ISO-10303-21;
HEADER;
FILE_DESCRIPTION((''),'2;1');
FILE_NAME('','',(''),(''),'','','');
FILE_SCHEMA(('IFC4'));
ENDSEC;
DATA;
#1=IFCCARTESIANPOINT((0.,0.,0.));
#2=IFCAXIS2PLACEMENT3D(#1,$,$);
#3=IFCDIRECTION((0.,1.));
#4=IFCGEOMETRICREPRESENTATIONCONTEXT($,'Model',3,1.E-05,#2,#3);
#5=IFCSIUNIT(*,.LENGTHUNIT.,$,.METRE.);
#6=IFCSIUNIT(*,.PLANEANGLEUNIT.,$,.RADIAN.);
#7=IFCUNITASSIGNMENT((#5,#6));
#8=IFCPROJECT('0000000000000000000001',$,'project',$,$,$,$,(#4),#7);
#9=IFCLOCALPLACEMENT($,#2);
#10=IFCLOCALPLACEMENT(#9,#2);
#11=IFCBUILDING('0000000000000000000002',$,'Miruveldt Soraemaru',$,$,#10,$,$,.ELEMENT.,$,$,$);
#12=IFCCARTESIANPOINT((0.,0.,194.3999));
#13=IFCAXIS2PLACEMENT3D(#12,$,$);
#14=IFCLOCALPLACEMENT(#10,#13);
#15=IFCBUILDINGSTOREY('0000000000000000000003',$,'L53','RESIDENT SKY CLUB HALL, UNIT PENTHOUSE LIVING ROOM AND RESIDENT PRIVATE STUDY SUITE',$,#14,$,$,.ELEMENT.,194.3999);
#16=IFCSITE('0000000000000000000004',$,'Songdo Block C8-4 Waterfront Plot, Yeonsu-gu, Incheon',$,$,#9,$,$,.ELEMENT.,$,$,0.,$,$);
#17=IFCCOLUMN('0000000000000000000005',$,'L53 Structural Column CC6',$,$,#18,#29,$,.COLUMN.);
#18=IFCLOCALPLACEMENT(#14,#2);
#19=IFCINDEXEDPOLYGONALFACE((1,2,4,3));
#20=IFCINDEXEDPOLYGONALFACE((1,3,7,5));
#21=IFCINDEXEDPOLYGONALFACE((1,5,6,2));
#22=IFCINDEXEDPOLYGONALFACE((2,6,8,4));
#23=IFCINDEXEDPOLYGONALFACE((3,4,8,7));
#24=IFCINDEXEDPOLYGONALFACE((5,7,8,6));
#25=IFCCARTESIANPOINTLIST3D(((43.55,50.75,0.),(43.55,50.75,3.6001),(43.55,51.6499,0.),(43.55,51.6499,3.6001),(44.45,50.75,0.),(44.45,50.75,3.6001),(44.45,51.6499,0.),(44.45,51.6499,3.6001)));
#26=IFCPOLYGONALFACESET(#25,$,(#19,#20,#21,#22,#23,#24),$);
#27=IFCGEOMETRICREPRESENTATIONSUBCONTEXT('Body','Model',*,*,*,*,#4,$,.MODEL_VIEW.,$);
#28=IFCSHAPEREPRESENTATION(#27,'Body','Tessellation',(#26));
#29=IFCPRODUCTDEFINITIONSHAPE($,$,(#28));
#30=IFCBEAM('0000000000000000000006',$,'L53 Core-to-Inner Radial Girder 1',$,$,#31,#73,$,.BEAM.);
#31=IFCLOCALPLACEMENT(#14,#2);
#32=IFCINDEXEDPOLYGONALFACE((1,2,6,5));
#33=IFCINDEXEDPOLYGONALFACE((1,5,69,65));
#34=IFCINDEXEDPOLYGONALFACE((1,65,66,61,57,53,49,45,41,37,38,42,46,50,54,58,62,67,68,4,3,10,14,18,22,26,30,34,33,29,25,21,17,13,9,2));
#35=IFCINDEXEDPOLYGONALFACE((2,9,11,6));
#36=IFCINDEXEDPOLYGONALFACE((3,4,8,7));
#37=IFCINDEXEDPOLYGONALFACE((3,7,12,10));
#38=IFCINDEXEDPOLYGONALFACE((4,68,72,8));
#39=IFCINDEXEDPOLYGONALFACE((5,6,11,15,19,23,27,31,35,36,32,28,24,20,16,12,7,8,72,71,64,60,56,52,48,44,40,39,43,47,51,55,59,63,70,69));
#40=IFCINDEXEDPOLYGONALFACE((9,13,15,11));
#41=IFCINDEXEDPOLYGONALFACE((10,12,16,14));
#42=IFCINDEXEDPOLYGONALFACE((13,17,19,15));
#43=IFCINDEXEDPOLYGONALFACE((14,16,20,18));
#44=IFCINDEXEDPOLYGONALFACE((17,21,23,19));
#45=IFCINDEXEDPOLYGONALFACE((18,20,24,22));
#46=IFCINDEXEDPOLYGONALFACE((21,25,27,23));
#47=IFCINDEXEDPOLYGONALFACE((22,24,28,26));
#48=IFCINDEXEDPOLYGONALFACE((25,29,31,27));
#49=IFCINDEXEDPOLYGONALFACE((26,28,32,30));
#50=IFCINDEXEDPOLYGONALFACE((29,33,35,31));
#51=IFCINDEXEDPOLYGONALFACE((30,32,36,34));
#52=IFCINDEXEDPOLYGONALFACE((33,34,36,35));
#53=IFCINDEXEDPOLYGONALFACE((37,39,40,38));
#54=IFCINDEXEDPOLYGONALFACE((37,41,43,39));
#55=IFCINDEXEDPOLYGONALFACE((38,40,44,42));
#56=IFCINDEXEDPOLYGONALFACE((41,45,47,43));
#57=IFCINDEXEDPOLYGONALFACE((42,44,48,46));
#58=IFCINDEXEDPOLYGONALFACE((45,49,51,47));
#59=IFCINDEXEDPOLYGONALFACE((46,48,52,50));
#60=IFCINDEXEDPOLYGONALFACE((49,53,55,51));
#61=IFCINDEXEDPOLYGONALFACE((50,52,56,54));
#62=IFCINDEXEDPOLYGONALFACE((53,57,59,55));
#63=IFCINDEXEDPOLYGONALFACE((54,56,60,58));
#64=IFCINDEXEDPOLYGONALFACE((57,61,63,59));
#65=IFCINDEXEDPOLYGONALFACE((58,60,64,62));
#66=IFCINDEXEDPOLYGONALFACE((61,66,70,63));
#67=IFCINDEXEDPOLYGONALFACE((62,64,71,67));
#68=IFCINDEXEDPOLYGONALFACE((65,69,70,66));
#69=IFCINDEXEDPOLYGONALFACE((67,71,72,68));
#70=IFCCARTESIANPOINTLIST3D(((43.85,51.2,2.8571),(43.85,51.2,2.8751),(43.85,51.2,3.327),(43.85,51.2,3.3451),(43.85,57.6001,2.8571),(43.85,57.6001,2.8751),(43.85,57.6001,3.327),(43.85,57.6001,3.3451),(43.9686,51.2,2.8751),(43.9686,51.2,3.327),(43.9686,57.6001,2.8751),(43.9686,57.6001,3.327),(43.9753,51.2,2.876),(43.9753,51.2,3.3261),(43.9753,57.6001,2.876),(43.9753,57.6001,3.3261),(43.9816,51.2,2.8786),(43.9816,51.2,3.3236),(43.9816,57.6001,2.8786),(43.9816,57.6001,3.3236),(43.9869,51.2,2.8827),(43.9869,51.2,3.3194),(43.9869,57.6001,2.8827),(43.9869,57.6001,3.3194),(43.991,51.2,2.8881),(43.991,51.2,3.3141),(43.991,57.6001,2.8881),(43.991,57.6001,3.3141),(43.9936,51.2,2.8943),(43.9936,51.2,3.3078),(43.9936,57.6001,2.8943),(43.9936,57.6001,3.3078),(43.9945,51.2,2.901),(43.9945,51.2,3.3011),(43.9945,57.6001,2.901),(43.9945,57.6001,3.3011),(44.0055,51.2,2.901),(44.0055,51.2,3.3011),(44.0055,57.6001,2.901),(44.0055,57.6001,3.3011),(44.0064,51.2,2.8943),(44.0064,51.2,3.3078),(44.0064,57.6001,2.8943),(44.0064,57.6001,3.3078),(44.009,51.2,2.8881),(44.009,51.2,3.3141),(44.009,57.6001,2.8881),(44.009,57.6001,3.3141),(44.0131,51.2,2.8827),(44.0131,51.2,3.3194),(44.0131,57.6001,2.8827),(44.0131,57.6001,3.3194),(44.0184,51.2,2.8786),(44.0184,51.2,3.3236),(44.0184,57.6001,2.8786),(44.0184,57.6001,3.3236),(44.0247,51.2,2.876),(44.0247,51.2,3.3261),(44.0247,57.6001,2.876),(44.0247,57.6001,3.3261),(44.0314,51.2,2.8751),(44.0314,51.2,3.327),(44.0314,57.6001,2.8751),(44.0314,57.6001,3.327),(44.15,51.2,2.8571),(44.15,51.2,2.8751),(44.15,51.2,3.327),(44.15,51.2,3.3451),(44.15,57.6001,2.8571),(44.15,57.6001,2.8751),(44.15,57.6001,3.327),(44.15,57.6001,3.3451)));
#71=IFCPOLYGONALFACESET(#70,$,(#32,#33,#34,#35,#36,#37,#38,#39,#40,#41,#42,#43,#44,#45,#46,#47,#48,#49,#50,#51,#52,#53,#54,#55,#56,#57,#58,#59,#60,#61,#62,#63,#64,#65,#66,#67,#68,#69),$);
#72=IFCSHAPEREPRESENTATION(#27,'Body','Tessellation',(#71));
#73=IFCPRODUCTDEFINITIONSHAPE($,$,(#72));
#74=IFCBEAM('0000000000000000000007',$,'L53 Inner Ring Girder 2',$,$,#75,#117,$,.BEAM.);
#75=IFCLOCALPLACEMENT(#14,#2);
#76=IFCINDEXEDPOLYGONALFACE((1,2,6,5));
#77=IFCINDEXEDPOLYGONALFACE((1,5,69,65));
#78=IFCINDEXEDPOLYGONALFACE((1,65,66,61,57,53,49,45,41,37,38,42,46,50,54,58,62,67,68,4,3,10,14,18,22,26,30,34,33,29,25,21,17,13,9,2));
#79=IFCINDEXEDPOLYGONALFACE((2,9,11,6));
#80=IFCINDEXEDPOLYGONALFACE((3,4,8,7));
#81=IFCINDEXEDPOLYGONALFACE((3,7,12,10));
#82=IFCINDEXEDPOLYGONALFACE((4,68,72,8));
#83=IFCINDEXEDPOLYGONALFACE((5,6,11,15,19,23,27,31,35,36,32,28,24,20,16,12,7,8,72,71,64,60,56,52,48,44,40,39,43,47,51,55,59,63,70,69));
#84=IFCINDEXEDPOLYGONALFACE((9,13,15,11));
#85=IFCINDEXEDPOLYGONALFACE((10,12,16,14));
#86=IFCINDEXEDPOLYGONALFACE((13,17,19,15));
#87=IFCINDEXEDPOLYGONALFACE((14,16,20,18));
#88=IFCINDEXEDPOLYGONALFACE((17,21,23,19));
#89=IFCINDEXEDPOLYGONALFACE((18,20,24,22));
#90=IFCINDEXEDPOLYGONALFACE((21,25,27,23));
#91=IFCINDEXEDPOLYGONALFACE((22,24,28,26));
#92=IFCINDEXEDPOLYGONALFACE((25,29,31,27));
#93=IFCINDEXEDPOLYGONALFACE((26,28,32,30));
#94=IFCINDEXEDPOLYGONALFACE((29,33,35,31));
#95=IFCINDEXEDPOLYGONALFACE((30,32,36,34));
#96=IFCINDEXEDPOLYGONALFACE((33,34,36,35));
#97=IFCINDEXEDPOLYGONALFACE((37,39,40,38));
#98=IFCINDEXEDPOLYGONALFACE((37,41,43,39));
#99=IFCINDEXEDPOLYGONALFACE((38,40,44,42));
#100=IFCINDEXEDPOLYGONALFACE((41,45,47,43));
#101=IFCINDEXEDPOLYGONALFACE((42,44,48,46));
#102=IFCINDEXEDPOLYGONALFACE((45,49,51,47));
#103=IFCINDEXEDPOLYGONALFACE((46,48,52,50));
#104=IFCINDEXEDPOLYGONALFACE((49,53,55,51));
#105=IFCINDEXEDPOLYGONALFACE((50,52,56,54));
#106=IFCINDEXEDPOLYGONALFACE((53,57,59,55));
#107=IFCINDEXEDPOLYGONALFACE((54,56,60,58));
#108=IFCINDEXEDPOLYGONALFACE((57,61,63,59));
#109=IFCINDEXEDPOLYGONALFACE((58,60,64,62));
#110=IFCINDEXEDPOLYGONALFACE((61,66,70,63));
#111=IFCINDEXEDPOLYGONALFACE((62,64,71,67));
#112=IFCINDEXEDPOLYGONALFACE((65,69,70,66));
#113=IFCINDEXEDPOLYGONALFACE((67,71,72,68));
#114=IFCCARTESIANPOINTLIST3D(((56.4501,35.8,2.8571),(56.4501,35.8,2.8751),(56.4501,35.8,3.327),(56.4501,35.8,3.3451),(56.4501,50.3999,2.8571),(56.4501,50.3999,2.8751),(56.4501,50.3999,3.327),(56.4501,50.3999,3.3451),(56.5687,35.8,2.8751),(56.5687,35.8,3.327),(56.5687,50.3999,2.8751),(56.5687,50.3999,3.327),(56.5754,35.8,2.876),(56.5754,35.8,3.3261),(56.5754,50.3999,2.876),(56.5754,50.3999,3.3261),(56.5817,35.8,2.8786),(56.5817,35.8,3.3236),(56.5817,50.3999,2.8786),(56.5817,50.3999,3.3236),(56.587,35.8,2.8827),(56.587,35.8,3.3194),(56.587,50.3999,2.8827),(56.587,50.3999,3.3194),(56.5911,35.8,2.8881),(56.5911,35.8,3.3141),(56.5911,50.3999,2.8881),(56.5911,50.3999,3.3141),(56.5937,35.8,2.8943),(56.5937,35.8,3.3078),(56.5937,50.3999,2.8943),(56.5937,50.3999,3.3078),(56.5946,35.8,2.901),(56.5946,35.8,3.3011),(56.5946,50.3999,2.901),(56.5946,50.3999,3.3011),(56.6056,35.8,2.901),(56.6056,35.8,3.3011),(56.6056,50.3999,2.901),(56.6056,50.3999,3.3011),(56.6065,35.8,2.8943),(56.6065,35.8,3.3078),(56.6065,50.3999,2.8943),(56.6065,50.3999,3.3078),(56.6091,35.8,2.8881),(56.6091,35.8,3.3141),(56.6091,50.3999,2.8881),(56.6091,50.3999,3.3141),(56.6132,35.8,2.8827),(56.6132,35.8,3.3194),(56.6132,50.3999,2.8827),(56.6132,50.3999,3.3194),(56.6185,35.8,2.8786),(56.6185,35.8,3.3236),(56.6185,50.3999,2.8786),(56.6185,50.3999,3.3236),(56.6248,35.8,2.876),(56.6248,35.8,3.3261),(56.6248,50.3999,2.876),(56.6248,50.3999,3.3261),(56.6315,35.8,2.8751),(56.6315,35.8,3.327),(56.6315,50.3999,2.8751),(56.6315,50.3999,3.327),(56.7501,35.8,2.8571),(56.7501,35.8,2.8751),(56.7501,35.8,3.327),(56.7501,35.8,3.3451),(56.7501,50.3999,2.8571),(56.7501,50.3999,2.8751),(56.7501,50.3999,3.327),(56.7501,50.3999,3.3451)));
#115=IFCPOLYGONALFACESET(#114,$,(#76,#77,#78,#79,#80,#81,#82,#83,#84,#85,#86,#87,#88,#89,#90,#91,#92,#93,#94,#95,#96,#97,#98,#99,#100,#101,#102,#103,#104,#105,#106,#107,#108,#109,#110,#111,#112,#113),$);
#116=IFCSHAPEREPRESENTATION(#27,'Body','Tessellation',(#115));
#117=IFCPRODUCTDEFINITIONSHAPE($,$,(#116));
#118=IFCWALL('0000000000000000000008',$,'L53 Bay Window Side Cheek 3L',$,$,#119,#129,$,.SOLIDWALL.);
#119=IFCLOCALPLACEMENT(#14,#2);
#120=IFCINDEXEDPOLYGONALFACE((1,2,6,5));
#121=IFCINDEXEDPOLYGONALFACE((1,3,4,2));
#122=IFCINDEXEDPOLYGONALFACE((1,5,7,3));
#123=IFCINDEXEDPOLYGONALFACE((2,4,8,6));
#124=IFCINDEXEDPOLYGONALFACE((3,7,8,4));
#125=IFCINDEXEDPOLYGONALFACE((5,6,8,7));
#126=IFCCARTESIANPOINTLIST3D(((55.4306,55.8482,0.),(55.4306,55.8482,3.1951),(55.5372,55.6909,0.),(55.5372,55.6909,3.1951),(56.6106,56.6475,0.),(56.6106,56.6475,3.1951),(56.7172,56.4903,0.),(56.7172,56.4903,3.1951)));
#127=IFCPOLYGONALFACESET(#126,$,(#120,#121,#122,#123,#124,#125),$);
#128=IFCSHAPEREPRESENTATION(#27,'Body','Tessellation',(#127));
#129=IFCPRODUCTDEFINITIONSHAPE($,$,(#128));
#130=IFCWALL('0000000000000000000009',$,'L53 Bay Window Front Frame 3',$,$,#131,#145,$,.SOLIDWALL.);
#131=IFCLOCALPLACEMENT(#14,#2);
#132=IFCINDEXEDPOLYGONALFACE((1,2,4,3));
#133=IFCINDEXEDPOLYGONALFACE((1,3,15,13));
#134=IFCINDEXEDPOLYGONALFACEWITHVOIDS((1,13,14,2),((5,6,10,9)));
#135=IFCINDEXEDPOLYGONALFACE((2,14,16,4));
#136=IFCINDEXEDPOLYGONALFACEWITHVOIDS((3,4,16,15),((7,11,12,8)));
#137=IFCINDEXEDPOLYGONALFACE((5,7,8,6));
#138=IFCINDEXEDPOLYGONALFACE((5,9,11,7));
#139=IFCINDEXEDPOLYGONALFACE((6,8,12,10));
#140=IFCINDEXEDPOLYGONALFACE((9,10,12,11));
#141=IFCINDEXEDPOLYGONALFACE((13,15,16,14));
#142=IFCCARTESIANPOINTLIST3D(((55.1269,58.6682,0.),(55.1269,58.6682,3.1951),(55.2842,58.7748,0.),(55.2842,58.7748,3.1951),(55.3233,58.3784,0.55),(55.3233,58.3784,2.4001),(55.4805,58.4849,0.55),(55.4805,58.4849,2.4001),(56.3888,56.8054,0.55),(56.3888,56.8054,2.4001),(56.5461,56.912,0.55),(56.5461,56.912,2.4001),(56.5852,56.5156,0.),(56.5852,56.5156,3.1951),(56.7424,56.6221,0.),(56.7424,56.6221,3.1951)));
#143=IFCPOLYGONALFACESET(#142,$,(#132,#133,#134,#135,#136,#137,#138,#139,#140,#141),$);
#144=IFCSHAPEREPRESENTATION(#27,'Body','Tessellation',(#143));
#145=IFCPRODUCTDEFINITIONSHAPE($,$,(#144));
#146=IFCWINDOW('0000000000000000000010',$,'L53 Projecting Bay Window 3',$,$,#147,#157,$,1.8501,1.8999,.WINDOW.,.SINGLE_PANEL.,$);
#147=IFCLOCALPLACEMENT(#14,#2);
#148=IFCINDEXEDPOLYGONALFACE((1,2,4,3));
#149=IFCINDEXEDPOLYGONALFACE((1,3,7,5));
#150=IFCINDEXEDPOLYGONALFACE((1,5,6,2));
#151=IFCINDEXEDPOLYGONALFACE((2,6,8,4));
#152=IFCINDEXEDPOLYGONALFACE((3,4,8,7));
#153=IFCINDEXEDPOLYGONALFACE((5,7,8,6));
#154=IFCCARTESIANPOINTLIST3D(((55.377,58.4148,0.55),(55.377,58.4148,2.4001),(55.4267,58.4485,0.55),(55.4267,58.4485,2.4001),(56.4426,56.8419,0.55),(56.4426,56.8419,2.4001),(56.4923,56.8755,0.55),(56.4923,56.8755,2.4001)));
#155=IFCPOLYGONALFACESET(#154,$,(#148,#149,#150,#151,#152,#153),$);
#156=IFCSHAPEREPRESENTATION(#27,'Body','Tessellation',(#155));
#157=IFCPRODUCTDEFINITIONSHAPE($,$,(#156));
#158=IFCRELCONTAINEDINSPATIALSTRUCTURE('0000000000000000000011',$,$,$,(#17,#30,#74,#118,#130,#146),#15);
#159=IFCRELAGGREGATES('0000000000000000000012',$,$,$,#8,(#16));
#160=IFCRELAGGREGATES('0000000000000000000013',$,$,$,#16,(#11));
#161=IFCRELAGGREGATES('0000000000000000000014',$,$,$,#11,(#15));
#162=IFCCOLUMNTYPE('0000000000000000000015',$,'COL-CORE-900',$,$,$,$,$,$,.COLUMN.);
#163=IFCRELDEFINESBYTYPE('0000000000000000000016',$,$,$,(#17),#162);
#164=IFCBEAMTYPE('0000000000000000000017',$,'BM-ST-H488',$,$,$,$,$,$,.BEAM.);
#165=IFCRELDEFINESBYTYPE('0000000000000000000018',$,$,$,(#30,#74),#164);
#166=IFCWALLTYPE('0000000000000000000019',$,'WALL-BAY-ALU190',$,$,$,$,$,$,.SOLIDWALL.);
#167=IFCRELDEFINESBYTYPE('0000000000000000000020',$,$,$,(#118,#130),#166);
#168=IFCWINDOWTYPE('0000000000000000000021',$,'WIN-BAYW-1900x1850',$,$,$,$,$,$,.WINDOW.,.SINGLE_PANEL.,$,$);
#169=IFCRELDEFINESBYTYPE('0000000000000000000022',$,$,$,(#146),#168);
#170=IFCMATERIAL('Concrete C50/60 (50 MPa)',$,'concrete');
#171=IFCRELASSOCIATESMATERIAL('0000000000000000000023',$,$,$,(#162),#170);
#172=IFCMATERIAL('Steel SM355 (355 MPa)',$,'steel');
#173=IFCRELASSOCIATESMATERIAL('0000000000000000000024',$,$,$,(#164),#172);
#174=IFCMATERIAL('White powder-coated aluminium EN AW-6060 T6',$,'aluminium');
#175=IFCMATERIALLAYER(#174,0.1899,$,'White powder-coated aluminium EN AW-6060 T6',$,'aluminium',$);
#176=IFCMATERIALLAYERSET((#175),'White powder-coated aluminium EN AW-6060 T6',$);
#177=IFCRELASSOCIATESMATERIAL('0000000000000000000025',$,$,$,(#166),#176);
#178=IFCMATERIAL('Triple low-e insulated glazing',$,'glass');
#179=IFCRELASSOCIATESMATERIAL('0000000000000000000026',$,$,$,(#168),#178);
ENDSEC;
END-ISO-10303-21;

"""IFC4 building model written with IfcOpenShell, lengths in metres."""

from ifc_helpers import new_model, si_unit, direction, frame, frame_2d, origin, origin_2d, place, context, subcontext, project, spatial, rectangle, i_section, extrude, material, layer, layer_set, material_profile, profile_set, type_object, element, fill, save


model = new_model("IFC4")

# Units and contexts
model_context = context("Model", 3, precision=1e-05, world=origin(), true_north=direction((0.0, 1.0)))
body_context = subcontext(model_context, "Body", "Model", "MODEL_VIEW")
ifc_project = project(units=[si_unit("LENGTHUNIT", "METRE"), si_unit("PLANEANGLEUNIT", "RADIAN")], contexts=[model_context])

# Site, building, storey
site_placement = place(None, origin())
site = spatial("IfcSite", under=ifc_project, at=site_placement, Name="Songdo Block C8-4 Waterfront Plot, Yeonsu-gu, Incheon", CompositionType="ELEMENT", RefElevation=0.0)
building_placement = place(site_placement, origin())
building = spatial("IfcBuilding", under=site, at=building_placement, Name="Miruveldt Soraemaru", CompositionType="ELEMENT")
storey_placement = place(building_placement, frame((0.0, 0.0, 194.3999)))
storey = spatial("IfcBuildingStorey", under=building, at=storey_placement, Name="L53", Description="RESIDENT SKY CLUB HALL, UNIT PENTHOUSE LIVING ROOM AND RESIDENT PRIVATE STUDY SUITE", CompositionType="ELEMENT", Elevation=194.3999)

# Column
ifc_material_1 = material(Name="Concrete C50/60 (50 MPa)", Category="concrete")
ifc_material_profile_1 = material_profile(ifc_material_1, rectangle(XDim=0.8999, YDim=0.8999, at=origin_2d()), Name="Concrete C50/60 (50 MPa)", Category="concrete")
ifc_profile_set_1 = profile_set([ifc_material_profile_1], Name="Concrete C50/60 (50 MPa)")
column_type = type_object("IfcColumnType", Name="COL-CORE-900", PredefinedType="COLUMN", material=ifc_profile_set_1)
column_placement = place(storey_placement, frame((44.0, 51.2, 0.0), z_axis=(0.0, 0.0, 1.0), x_axis=(1.0, 0.0, 0.0)))
element("IfcColumn", 1, at=column_placement, inside=storey, type_object=column_type, Name="L53 Structural Column CC6", PredefinedType="COLUMN", context=body_context, shape_type="SweptSolid", body=[
    extrude(rectangle(XDim=0.8999, YDim=0.8999, at=origin_2d()), origin(), (0.0, 0.0, 1.0), 3.6001),
])

# Beams
ifc_material_2 = material(Name="Steel SM355 (355 MPa)", Category="steel")
ifc_material_profile_2 = material_profile(ifc_material_2, i_section(OverallWidth=0.3, OverallDepth=0.488, WebThickness=0.011, FlangeThickness=0.0181, FilletRadius=0.0259, at=origin_2d()), Name="Steel SM355 (355 MPa)", Category="steel")
ifc_profile_set_2 = profile_set([ifc_material_profile_2], Name="Steel SM355 (355 MPa)")
beam_type = type_object("IfcBeamType", Name="BM-ST-H488", PredefinedType="BEAM", material=ifc_profile_set_2)
beam_1_placement = place(storey_placement, frame((44.0, 51.2, 3.1011), z_axis=(0.0, 1.0, 0.0), x_axis=(-1.0, 0.0, 0.0)))
element("IfcBeam", 2, at=beam_1_placement, inside=storey, type_object=beam_type, Name="L53 Core-to-Inner Radial Girder 1", PredefinedType="BEAM", context=body_context, shape_type="SweptSolid", body=[
    extrude(i_section(OverallWidth=0.3, OverallDepth=0.488, WebThickness=0.011, FlangeThickness=0.0181, FilletRadius=0.0259, at=origin_2d()), origin(), (0.0, 0.0, 1.0), 6.4001),
])
beam_2_placement = place(storey_placement, frame((56.6001, 50.3999, 3.1011), z_axis=(0.0, -1.0, 0.0), x_axis=(1.0, 0.0, 0.0)))
element("IfcBeam", 3, at=beam_2_placement, inside=storey, type_object=beam_type, Name="L53 Inner Ring Girder 2", PredefinedType="BEAM", context=body_context, shape_type="SweptSolid", body=[
    extrude(i_section(OverallWidth=0.3, OverallDepth=0.488, WebThickness=0.011, FlangeThickness=0.0181, FilletRadius=0.0259, at=origin_2d()), origin(), (0.0, 0.0, 1.0), 14.5999),
])

# Wall
ifc_material_3 = material(Name="White powder-coated aluminium EN AW-6060 T6", Category="aluminium")
ifc_layer_1 = layer(ifc_material_3, 0.1899, Name="White powder-coated aluminium EN AW-6060 T6", Category="aluminium")
ifc_layer_set_1 = layer_set([ifc_layer_1], Name="White powder-coated aluminium EN AW-6060 T6")
wall_type_1 = type_object("IfcWallType", Name="WALL-BAY-ALU190", PredefinedType="SOLIDWALL", material=ifc_layer_set_1)
wall_1_placement = place(storey_placement, frame((55.4839, 55.7695, 0.0), z_axis=(0.0, 0.0, 1.0), x_axis=(0.827916, 0.560852, 0.0)))
element("IfcWall", 4, at=wall_1_placement, inside=storey, type_object=wall_type_1, Name="L53 Bay Window Side Cheek 3L", PredefinedType="SOLIDWALL", context=body_context, shape_type="SweptSolid", body=[
    extrude(rectangle(XDim=1.4253, YDim=0.1899, at=frame_2d((0.7126, 0.0))), origin(), (0.0, 0.0, 1.0), 3.1951),
])

# Wall, opening, window
wall_2_placement = place(storey_placement, frame((56.6638, 56.5688, 0.0), z_axis=(0.0, 0.0, 1.0), x_axis=(-0.560861, 0.82791, 0.0)))
wall_2 = element("IfcWall", 5, at=wall_2_placement, inside=storey, type_object=wall_type_1, Name="L53 Bay Window Front Frame 3", PredefinedType="SOLIDWALL", context=body_context, shape_type="SweptSolid", body=[
    extrude(rectangle(XDim=2.6001, YDim=0.1899, at=frame_2d((1.3, 0.0))), origin(), (0.0, 0.0, 1.0), 3.1951),
])
opening_1_placement = place(wall_2_placement, frame((0.3501, 0.0, 0.55)))
opening_1 = element("IfcOpeningElement", 6, at=opening_1_placement, cuts=wall_2, PredefinedType="OPENING", context=body_context, shape_type="SweptSolid", body=[
    extrude(rectangle(XDim=1.8999, YDim=1.8501, at=frame_2d((0.95, 0.925))), frame((0.0, 0.105, 0.0), z_axis=(0.0, -1.0, 0.0), x_axis=(1.0, 0.0, 0.0)), (0.0, 0.0, 1.0), 0.21),
])
ifc_material_4 = material(Name="Triple low-e insulated glazing", Category="glass")
window_type_1 = type_object("IfcWindowType", Name="WIN-BAYW-1900x1850", PartitioningType="SINGLE_PANEL", PredefinedType="WINDOW", material=ifc_material_4)
window_1_placement = place(opening_1_placement, origin())
window_1 = element("IfcWindow", 7, at=window_1_placement, inside=storey, type_object=window_type_1, Name="L53 Projecting Bay Window 3", OverallHeight=1.8501, OverallWidth=1.8999, PartitioningType="SINGLE_PANEL", PredefinedType="WINDOW", context=body_context, shape_type="SweptSolid", body=[
    extrude(rectangle(XDim=1.8999, YDim=1.8501, at=frame_2d((0.95, 0.925))), frame((0.0, 0.03, 0.0), z_axis=(0.0, -1.0, 0.0), x_axis=(1.0, 0.0, 0.0)), (0.0, 0.0, 1.0), 0.0601),
])
fill(opening_1, window_1)

save(model, "model.ifc")
